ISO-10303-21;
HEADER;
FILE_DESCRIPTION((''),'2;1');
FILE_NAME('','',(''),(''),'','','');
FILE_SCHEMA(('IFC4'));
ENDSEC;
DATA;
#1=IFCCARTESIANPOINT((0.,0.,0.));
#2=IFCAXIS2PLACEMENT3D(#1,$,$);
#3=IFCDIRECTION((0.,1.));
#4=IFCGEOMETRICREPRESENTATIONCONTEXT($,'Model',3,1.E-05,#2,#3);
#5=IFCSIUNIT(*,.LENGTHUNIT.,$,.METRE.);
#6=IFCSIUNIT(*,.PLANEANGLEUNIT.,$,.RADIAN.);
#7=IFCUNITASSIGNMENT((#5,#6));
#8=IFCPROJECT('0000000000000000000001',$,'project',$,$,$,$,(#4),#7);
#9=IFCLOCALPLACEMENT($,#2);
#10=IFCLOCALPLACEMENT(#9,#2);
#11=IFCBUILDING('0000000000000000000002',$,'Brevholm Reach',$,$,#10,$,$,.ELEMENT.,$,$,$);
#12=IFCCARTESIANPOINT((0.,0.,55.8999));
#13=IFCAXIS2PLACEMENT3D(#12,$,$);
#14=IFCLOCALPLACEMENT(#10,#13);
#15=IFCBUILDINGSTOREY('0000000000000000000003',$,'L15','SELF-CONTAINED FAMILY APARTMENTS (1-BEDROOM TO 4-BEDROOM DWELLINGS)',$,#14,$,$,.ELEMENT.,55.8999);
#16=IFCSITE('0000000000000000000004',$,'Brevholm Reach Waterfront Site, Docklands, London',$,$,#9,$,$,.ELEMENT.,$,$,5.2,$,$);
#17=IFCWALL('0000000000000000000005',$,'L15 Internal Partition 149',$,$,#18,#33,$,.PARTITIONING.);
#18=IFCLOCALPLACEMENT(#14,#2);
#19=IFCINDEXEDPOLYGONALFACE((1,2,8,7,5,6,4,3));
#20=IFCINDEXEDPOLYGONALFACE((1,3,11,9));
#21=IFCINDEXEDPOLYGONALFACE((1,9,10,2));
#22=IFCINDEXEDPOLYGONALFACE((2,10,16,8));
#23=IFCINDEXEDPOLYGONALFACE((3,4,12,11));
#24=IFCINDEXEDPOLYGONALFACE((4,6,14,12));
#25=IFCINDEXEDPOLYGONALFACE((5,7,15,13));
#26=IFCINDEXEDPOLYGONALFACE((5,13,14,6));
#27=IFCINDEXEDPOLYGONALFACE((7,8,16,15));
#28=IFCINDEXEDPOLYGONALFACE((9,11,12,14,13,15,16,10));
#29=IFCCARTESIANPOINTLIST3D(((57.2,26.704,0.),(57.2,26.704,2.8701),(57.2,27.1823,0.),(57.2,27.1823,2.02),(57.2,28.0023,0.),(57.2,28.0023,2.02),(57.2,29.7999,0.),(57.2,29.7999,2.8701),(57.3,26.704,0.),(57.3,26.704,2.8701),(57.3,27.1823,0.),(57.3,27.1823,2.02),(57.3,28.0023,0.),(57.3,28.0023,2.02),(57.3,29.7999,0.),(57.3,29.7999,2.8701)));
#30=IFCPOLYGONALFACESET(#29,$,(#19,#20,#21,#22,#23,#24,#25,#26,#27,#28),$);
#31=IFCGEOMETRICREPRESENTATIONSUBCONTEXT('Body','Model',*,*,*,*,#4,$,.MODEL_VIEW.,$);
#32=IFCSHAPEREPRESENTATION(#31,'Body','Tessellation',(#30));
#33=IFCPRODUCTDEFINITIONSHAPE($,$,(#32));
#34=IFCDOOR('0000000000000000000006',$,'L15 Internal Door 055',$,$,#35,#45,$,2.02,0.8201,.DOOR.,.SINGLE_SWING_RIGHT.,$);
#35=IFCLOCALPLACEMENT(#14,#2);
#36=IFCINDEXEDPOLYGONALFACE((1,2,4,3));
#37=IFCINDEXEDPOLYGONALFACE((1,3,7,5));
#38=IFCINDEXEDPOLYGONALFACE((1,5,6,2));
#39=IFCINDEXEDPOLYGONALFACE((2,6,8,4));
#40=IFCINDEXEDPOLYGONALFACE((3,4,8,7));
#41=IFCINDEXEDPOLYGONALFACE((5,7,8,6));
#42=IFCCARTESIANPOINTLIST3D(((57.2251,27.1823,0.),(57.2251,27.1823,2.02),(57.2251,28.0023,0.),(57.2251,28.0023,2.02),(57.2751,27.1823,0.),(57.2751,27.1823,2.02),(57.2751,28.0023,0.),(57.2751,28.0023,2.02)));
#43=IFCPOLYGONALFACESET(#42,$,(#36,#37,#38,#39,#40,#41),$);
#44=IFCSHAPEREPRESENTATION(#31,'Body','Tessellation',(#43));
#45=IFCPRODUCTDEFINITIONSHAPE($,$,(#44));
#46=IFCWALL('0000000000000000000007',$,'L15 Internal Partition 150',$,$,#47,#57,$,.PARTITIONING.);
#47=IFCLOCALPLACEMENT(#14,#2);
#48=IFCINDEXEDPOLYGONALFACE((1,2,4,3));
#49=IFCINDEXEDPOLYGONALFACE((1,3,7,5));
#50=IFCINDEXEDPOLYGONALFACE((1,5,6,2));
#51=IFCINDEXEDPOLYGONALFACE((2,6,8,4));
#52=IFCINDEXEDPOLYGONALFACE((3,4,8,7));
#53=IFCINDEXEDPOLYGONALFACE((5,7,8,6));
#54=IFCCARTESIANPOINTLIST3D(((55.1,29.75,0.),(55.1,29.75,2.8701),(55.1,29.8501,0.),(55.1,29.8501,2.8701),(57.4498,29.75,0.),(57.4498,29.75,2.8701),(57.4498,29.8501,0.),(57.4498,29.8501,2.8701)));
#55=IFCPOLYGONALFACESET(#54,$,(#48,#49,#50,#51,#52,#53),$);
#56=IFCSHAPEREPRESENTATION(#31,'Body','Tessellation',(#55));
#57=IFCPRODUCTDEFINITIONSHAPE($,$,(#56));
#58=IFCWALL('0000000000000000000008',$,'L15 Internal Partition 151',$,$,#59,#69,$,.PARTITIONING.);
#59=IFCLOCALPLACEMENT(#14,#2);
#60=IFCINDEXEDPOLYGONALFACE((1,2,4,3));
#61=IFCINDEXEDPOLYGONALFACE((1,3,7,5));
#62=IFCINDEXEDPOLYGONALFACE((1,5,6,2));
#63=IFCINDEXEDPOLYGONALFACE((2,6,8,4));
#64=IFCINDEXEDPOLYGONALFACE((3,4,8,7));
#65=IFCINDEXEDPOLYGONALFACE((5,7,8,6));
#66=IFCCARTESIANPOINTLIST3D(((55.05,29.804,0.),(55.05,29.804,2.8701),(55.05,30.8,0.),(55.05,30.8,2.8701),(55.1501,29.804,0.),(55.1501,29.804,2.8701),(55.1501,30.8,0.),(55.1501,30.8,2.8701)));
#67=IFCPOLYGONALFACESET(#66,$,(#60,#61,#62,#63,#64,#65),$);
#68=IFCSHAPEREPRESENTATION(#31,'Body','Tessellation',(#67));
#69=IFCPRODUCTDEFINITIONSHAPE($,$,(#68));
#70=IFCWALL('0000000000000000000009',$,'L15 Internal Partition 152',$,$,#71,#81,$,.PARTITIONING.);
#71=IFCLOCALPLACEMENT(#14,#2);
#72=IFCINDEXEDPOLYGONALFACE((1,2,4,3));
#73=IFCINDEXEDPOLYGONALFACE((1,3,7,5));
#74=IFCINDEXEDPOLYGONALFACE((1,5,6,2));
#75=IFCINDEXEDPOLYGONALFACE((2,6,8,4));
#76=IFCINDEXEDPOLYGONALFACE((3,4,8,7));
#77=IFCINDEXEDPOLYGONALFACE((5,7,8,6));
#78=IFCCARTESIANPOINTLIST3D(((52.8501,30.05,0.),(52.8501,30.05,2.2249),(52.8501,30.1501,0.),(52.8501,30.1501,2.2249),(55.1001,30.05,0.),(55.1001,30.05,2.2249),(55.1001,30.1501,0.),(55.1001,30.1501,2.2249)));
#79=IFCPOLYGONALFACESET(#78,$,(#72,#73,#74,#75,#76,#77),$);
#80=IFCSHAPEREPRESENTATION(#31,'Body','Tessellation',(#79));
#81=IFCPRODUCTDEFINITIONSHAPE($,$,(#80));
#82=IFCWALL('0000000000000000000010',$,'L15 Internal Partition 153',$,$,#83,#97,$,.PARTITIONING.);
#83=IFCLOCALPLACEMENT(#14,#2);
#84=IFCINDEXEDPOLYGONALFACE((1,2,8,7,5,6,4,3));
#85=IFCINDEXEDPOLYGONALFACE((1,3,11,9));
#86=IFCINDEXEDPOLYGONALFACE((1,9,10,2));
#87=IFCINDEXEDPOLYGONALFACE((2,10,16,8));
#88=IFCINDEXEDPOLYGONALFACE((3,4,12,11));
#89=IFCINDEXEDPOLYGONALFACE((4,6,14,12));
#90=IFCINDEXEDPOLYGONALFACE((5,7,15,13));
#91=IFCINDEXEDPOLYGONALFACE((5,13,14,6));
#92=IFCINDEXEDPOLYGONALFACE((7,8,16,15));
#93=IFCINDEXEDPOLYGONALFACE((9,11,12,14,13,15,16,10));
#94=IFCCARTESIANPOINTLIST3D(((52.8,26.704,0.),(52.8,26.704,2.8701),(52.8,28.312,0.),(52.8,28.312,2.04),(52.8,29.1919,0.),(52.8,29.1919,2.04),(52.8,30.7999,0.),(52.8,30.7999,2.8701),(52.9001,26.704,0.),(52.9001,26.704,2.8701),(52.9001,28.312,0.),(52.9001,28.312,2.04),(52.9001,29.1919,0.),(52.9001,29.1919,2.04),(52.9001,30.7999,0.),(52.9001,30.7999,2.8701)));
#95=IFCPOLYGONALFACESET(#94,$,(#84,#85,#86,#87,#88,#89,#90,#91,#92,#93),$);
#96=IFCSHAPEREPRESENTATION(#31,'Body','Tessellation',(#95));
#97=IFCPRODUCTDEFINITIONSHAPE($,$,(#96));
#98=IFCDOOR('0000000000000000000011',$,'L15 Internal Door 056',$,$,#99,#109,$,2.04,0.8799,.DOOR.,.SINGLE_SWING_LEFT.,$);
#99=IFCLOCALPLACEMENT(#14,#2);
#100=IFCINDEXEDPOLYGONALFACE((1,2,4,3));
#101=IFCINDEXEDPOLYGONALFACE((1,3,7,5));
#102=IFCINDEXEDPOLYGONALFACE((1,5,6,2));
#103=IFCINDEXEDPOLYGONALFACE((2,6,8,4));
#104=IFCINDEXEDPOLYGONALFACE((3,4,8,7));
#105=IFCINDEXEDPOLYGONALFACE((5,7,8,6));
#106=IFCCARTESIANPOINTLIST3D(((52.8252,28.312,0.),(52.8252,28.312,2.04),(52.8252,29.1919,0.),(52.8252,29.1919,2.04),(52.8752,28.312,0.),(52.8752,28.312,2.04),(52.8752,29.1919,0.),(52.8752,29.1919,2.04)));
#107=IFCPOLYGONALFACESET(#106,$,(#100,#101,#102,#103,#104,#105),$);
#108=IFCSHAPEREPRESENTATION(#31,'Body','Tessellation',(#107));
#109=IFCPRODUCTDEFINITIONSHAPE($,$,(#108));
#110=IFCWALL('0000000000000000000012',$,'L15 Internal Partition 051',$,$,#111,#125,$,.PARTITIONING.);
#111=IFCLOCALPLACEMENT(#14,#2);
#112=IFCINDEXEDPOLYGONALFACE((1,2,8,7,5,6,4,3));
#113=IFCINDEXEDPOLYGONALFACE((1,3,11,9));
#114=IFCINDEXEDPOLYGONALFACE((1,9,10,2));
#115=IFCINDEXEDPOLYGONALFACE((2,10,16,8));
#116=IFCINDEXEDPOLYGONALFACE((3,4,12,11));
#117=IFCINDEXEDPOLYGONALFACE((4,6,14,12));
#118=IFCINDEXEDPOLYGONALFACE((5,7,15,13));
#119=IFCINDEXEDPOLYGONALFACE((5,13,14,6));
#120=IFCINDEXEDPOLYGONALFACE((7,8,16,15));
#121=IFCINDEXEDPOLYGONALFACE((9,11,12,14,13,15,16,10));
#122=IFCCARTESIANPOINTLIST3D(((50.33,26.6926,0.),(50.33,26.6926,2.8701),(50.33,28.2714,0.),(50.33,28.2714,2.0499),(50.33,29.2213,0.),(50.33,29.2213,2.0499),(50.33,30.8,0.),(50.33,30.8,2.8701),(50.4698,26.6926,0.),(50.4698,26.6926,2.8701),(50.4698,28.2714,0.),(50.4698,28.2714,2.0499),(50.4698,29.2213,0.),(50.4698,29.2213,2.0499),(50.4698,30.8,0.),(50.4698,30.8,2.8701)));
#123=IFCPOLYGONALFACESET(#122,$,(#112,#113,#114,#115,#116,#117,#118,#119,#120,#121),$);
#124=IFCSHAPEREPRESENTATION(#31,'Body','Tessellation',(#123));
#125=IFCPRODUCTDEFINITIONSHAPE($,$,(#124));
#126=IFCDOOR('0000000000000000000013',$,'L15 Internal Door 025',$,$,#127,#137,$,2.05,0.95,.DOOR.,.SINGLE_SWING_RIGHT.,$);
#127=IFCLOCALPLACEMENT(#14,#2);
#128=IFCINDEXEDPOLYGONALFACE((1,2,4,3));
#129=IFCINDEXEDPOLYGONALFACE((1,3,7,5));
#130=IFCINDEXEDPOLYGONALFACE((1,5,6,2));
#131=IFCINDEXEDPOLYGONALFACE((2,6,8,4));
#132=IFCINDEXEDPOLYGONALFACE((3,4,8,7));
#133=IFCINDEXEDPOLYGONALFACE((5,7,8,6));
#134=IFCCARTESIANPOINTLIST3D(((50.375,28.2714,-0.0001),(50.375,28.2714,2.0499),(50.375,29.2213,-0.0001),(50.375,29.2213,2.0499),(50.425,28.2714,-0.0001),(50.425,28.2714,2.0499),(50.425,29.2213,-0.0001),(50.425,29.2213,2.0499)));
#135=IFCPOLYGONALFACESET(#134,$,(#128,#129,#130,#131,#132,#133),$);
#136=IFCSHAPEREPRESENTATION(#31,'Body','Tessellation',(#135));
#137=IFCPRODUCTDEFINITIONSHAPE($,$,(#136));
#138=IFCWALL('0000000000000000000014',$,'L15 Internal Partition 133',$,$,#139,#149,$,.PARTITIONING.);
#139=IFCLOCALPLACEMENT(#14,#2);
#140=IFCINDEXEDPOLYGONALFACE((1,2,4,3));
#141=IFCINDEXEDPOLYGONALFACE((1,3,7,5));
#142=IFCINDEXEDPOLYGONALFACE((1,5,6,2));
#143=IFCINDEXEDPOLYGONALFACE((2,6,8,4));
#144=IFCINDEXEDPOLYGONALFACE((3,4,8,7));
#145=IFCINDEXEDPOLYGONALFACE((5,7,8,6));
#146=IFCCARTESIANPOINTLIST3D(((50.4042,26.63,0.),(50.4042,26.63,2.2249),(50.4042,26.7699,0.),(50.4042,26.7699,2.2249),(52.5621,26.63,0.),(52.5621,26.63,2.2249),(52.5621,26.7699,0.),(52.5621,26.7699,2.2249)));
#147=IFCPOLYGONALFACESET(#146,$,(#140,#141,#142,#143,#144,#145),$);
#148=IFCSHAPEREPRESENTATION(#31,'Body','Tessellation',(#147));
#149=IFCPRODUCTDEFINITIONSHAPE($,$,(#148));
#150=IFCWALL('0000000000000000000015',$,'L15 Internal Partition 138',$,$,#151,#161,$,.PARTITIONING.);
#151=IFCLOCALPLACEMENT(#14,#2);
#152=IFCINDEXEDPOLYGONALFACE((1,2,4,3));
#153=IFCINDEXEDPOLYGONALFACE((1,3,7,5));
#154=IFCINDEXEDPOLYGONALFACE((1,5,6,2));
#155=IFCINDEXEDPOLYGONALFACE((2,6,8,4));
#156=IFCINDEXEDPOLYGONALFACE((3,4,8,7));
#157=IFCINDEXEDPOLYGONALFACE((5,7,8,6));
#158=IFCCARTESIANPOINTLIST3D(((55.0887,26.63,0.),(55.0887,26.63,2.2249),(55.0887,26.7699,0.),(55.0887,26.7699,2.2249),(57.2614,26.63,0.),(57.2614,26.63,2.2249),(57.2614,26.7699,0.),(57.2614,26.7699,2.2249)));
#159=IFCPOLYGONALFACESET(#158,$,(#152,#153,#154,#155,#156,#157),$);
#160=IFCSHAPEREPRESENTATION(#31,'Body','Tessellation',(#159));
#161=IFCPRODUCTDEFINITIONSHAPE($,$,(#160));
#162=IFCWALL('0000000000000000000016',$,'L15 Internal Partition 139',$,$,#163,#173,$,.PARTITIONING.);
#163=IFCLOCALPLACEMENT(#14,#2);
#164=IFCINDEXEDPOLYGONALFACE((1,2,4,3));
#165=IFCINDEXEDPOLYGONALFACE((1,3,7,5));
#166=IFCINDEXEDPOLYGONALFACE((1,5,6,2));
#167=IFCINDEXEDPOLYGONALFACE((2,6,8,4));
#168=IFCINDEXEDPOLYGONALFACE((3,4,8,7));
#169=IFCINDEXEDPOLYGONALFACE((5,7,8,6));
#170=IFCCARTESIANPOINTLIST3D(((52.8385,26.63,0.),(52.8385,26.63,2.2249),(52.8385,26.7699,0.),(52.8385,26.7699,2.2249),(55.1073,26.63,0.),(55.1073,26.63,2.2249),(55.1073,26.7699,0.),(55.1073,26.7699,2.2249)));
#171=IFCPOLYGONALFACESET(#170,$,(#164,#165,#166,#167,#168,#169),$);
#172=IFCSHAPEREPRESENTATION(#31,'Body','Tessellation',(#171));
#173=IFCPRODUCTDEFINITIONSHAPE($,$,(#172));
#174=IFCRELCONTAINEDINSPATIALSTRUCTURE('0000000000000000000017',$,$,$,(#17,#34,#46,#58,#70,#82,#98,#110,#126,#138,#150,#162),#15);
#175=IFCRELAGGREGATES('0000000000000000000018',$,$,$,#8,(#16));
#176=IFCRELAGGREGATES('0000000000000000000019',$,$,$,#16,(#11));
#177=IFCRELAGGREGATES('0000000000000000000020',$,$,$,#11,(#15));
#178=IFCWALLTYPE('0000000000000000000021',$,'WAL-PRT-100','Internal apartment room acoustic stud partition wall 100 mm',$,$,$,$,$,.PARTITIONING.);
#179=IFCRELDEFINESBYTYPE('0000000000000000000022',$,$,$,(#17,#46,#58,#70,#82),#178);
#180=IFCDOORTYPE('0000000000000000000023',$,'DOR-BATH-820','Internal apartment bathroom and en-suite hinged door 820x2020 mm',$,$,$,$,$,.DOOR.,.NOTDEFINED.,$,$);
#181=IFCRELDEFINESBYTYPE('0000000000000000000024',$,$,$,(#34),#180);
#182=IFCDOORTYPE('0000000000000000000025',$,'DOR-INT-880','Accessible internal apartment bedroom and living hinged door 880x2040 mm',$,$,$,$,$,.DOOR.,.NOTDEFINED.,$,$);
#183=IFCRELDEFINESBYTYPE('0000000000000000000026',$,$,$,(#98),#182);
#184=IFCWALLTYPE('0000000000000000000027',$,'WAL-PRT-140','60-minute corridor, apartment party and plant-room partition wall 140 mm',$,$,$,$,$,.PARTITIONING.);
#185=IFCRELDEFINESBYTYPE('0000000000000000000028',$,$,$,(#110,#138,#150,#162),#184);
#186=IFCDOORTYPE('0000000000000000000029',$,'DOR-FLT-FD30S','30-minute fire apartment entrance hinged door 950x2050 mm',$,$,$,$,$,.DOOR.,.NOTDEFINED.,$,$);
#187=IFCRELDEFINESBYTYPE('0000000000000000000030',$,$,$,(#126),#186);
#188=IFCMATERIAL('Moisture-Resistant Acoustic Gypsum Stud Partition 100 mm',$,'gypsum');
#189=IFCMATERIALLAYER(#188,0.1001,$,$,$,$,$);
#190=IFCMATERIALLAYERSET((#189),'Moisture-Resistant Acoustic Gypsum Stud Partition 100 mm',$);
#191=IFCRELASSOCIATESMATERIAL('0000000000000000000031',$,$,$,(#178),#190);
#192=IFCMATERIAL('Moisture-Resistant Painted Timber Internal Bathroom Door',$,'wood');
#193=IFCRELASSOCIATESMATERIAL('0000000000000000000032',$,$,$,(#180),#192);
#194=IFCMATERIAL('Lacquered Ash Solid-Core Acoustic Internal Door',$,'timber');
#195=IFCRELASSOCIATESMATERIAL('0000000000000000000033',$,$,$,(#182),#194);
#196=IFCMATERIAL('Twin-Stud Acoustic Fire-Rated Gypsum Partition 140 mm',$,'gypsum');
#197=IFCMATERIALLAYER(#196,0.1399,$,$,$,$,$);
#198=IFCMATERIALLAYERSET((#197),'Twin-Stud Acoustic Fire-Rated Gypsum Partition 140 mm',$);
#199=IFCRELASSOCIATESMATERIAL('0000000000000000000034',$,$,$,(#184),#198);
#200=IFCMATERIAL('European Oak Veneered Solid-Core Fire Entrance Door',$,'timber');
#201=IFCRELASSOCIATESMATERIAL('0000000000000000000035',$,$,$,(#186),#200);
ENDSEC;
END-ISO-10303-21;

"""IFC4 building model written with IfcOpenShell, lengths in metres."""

from ifc_helpers import new_model, si_unit, direction, frame, frame_2d, origin, place, context, subcontext, project, spatial, rectangle, extrude, material, layer, layer_set, type_object, element, fill, save


model = new_model("IFC4")

# Units and contexts
model_context = context("Model", 3, precision=1e-05, world=origin(), true_north=direction((0.0, 1.0)))
body_context = subcontext(model_context, "Body", "Model", "MODEL_VIEW")
ifc_project = project(units=[si_unit("LENGTHUNIT", "METRE"), si_unit("PLANEANGLEUNIT", "RADIAN")], contexts=[model_context])

# Site, building, storey
site_placement = place(None, origin())
site = spatial("IfcSite", under=ifc_project, at=site_placement, Name="Brevholm Reach Waterfront Site, Docklands, London", CompositionType="ELEMENT", RefElevation=5.2)
building_placement = place(site_placement, origin())
building = spatial("IfcBuilding", under=site, at=building_placement, Name="Brevholm Reach", CompositionType="ELEMENT")
storey_placement = place(building_placement, frame((0.0, 0.0, 55.8999)))
storey = spatial("IfcBuildingStorey", under=building, at=storey_placement, Name="L15", Description="SELF-CONTAINED FAMILY APARTMENTS (1-BEDROOM TO 4-BEDROOM DWELLINGS)", CompositionType="ELEMENT", Elevation=55.8999)

# Shared definitions
ifc_material_1 = material(Name="Moisture-Resistant Acoustic Gypsum Stud Partition 100 mm", Category="gypsum")
ifc_layer_1 = layer(ifc_material_1, 0.1001)
ifc_layer_set_1 = layer_set([ifc_layer_1], Name="Moisture-Resistant Acoustic Gypsum Stud Partition 100 mm")
wall_type_1 = type_object("IfcWallType", Name="WAL-PRT-100", Description="Internal apartment room acoustic stud partition wall 100 mm", PredefinedType="PARTITIONING", material=ifc_layer_set_1)

# Wall, opening, door
wall_1_placement = place(storey_placement, frame((57.25, 26.7041, 0.0), z_axis=(0.0, 0.0, 1.0), x_axis=(0.0, 1.0, 0.0)))
wall_1 = element("IfcWall", 1, at=wall_1_placement, inside=storey, type_object=wall_type_1, Name="L15 Internal Partition 149", PredefinedType="PARTITIONING", context=body_context, shape_type="SweptSolid", body=[
    extrude(rectangle(XDim=3.0959, YDim=0.1001, at=frame_2d((1.5479, 0.0))), origin(), (0.0, 0.0, 1.0), 2.8701),
])
opening_1_placement = place(wall_1_placement, frame((0.478, 0.0, 0.0)))
opening_1 = element("IfcOpeningElement", 2, at=opening_1_placement, cuts=wall_1, PredefinedType="OPENING", context=body_context, shape_type="SweptSolid", body=[
    extrude(rectangle(XDim=0.8201, YDim=2.02, at=frame_2d((0.4102, 1.01))), frame((0.0, 0.0601, 0.0), z_axis=(0.0, -1.0, 0.0), x_axis=(1.0, 0.0, 0.0)), (0.0, 0.0, 1.0), 0.1201),
])
ifc_material_2 = material(Name="Moisture-Resistant Painted Timber Internal Bathroom Door", Category="wood")
door_type_1 = type_object("IfcDoorType", Name="DOR-BATH-820", Description="Internal apartment bathroom and en-suite hinged door 820x2020 mm", OperationType="NOTDEFINED", PredefinedType="DOOR", material=ifc_material_2)
door_1_placement = place(opening_1_placement, origin())
door_1 = element("IfcDoor", 3, at=door_1_placement, inside=storey, type_object=door_type_1, Name="L15 Internal Door 055", OperationType="SINGLE_SWING_RIGHT", OverallHeight=2.02, OverallWidth=0.8201, PredefinedType="DOOR", context=body_context, shape_type="SweptSolid", body=[
    extrude(rectangle(XDim=0.8201, YDim=2.02, at=frame_2d((0.4102, 1.01))), frame((0.0, 0.0249, 0.0), z_axis=(0.0, -1.0, 0.0), x_axis=(1.0, 0.0, 0.0)), (0.0, 0.0, 1.0), 0.05),
])
fill(opening_1, door_1)

# Walls
wall_2_placement = place(storey_placement, frame((55.1001, 29.8, 0.0), z_axis=(0.0, 0.0, 1.0), x_axis=(1.0, 0.0, 0.0)))
element("IfcWall", 4, at=wall_2_placement, inside=storey, type_object=wall_type_1, Name="L15 Internal Partition 150", PredefinedType="PARTITIONING", context=body_context, shape_type="SweptSolid", body=[
    extrude(rectangle(XDim=2.3499, YDim=0.1001, at=frame_2d((1.1748, 0.0))), origin(), (0.0, 0.0, 1.0), 2.8701),
])
wall_3_placement = place(storey_placement, frame((55.1001, 29.804, 0.0), z_axis=(0.0, 0.0, 1.0), x_axis=(0.0, 1.0, 0.0)))
element("IfcWall", 5, at=wall_3_placement, inside=storey, type_object=wall_type_1, Name="L15 Internal Partition 151", PredefinedType="PARTITIONING", context=body_context, shape_type="SweptSolid", body=[
    extrude(rectangle(XDim=0.9961, YDim=0.1001, at=frame_2d((0.498, 0.0))), origin(), (0.0, 0.0, 1.0), 2.8701),
])
wall_4_placement = place(storey_placement, frame((52.8501, 30.1001, 0.0), z_axis=(0.0, 0.0, 1.0), x_axis=(1.0, 0.0, 0.0)))
element("IfcWall", 6, at=wall_4_placement, inside=storey, type_object=wall_type_1, Name="L15 Internal Partition 152", PredefinedType="PARTITIONING", context=body_context, shape_type="SweptSolid", body=[
    extrude(rectangle(XDim=2.25, YDim=0.1001, at=frame_2d((1.125, 0.0))), origin(), (0.0, 0.0, 1.0), 2.2249),
])

# Walls, openings, doors
wall_5_placement = place(storey_placement, frame((52.8501, 26.7041, 0.0), z_axis=(0.0, 0.0, 1.0), x_axis=(0.0, 1.0, 0.0)))
wall_5 = element("IfcWall", 7, at=wall_5_placement, inside=storey, type_object=wall_type_1, Name="L15 Internal Partition 153", PredefinedType="PARTITIONING", context=body_context, shape_type="SweptSolid", body=[
    extrude(rectangle(XDim=4.0959, YDim=0.1001, at=frame_2d((2.0479, 0.0))), origin(), (0.0, 0.0, 1.0), 2.8701),
])
opening_2_placement = place(wall_5_placement, frame((1.6079, 0.0, 0.0)))
opening_2 = element("IfcOpeningElement", 8, at=opening_2_placement, cuts=wall_5, PredefinedType="OPENING", context=body_context, shape_type="SweptSolid", body=[
    extrude(rectangle(XDim=0.8799, YDim=2.04, at=frame_2d((0.4399, 1.02))), frame((0.0, 0.0601, 0.0), z_axis=(0.0, -1.0, 0.0), x_axis=(1.0, 0.0, 0.0)), (0.0, 0.0, 1.0), 0.1201),
])
ifc_material_3 = material(Name="Lacquered Ash Solid-Core Acoustic Internal Door", Category="timber")
door_type_2 = type_object("IfcDoorType", Name="DOR-INT-880", Description="Accessible internal apartment bedroom and living hinged door 880x2040 mm", OperationType="NOTDEFINED", PredefinedType="DOOR", material=ifc_material_3)
door_2_placement = place(opening_2_placement, origin())
door_2 = element("IfcDoor", 9, at=door_2_placement, inside=storey, type_object=door_type_2, Name="L15 Internal Door 056", OperationType="SINGLE_SWING_LEFT", OverallHeight=2.04, OverallWidth=0.8799, PredefinedType="DOOR", context=body_context, shape_type="SweptSolid", body=[
    extrude(rectangle(XDim=0.8799, YDim=2.04, at=frame_2d((0.4399, 1.02))), frame((0.0, 0.0249, 0.0), z_axis=(0.0, -1.0, 0.0), x_axis=(1.0, 0.0, 0.0)), (0.0, 0.0, 1.0), 0.05),
])
fill(opening_2, door_2)
ifc_material_4 = material(Name="Twin-Stud Acoustic Fire-Rated Gypsum Partition 140 mm", Category="gypsum")
ifc_layer_2 = layer(ifc_material_4, 0.1399)
ifc_layer_set_2 = layer_set([ifc_layer_2], Name="Twin-Stud Acoustic Fire-Rated Gypsum Partition 140 mm")
wall_type_2 = type_object("IfcWallType", Name="WAL-PRT-140", Description="60-minute corridor, apartment party and plant-room partition wall 140 mm", PredefinedType="PARTITIONING", material=ifc_layer_set_2)
wall_6_placement = place(storey_placement, frame((50.3999, 26.6926, 0.0), z_axis=(0.0, 0.0, 1.0), x_axis=(0.0, 1.0, 0.0)))
wall_6 = element("IfcWall", 10, at=wall_6_placement, inside=storey, type_object=wall_type_2, Name="L15 Internal Partition 051", PredefinedType="PARTITIONING", context=body_context, shape_type="SweptSolid", body=[
    extrude(rectangle(XDim=4.1074, YDim=0.1399, at=frame_2d((2.0537, 0.0))), origin(), (0.0, 0.0, 1.0), 2.8701),
])
opening_3_placement = place(wall_6_placement, frame((1.5786, 0.0, 0.0)))
opening_3 = element("IfcOpeningElement", 11, at=opening_3_placement, cuts=wall_6, PredefinedType="OPENING", context=body_context, shape_type="SweptSolid", body=[
    extrude(rectangle(XDim=0.95, YDim=2.05, at=frame_2d((0.4751, 1.0249))), frame((0.0, 0.0798, 0.0), z_axis=(0.0, -1.0, 0.0), x_axis=(1.0, 0.0, 0.0)), (0.0, 0.0, 1.0), 0.1599),
])
ifc_material_5 = material(Name="European Oak Veneered Solid-Core Fire Entrance Door", Category="timber")
door_type_3 = type_object("IfcDoorType", Name="DOR-FLT-FD30S", Description="30-minute fire apartment entrance hinged door 950x2050 mm", OperationType="NOTDEFINED", PredefinedType="DOOR", material=ifc_material_5)
door_3_placement = place(opening_3_placement, origin())
door_3 = element("IfcDoor", 12, at=door_3_placement, inside=storey, type_object=door_type_3, Name="L15 Internal Door 025", OperationType="SINGLE_SWING_RIGHT", OverallHeight=2.05, OverallWidth=0.95, PredefinedType="DOOR", context=body_context, shape_type="SweptSolid", body=[
    extrude(rectangle(XDim=0.95, YDim=2.05, at=frame_2d((0.4751, 1.0249))), frame((0.0, 0.0249, 0.0), z_axis=(0.0, -1.0, 0.0), x_axis=(1.0, 0.0, 0.0)), (0.0, 0.0, 1.0), 0.05),
])
fill(opening_3, door_3)

# Walls
wall_7_placement = place(storey_placement, frame((50.4041, 26.7, 0.0), z_axis=(0.0, 0.0, 1.0), x_axis=(1.0, 0.0, 0.0)))
element("IfcWall", 13, at=wall_7_placement, inside=storey, type_object=wall_type_2, Name="L15 Internal Partition 133", PredefinedType="PARTITIONING", context=body_context, shape_type="SweptSolid", body=[
    extrude(rectangle(XDim=2.158, YDim=0.1399, at=frame_2d((1.0791, 0.0))), origin(), (0.0, 0.0, 1.0), 2.2249),
])
wall_8_placement = place(storey_placement, frame((55.0886, 26.7, 0.0), z_axis=(0.0, 0.0, 1.0), x_axis=(1.0, 0.0, 0.0)))
element("IfcWall", 14, at=wall_8_placement, inside=storey, type_object=wall_type_2, Name="L15 Internal Partition 138", PredefinedType="PARTITIONING", context=body_context, shape_type="SweptSolid", body=[
    extrude(rectangle(XDim=2.1726, YDim=0.1399, at=frame_2d((1.0864, 0.0))), origin(), (0.0, 0.0, 1.0), 2.2249),
])
wall_9_placement = place(storey_placement, frame((52.8386, 26.7, 0.0), z_axis=(0.0, 0.0, 1.0), x_axis=(1.0, 0.0, 0.0)))
element("IfcWall", 15, at=wall_9_placement, inside=storey, type_object=wall_type_2, Name="L15 Internal Partition 139", PredefinedType="PARTITIONING", context=body_context, shape_type="SweptSolid", body=[
    extrude(rectangle(XDim=2.2688, YDim=0.1399, at=frame_2d((1.1343, 0.0))), origin(), (0.0, 0.0, 1.0), 2.2249),
])

save(model, "model.ifc")
